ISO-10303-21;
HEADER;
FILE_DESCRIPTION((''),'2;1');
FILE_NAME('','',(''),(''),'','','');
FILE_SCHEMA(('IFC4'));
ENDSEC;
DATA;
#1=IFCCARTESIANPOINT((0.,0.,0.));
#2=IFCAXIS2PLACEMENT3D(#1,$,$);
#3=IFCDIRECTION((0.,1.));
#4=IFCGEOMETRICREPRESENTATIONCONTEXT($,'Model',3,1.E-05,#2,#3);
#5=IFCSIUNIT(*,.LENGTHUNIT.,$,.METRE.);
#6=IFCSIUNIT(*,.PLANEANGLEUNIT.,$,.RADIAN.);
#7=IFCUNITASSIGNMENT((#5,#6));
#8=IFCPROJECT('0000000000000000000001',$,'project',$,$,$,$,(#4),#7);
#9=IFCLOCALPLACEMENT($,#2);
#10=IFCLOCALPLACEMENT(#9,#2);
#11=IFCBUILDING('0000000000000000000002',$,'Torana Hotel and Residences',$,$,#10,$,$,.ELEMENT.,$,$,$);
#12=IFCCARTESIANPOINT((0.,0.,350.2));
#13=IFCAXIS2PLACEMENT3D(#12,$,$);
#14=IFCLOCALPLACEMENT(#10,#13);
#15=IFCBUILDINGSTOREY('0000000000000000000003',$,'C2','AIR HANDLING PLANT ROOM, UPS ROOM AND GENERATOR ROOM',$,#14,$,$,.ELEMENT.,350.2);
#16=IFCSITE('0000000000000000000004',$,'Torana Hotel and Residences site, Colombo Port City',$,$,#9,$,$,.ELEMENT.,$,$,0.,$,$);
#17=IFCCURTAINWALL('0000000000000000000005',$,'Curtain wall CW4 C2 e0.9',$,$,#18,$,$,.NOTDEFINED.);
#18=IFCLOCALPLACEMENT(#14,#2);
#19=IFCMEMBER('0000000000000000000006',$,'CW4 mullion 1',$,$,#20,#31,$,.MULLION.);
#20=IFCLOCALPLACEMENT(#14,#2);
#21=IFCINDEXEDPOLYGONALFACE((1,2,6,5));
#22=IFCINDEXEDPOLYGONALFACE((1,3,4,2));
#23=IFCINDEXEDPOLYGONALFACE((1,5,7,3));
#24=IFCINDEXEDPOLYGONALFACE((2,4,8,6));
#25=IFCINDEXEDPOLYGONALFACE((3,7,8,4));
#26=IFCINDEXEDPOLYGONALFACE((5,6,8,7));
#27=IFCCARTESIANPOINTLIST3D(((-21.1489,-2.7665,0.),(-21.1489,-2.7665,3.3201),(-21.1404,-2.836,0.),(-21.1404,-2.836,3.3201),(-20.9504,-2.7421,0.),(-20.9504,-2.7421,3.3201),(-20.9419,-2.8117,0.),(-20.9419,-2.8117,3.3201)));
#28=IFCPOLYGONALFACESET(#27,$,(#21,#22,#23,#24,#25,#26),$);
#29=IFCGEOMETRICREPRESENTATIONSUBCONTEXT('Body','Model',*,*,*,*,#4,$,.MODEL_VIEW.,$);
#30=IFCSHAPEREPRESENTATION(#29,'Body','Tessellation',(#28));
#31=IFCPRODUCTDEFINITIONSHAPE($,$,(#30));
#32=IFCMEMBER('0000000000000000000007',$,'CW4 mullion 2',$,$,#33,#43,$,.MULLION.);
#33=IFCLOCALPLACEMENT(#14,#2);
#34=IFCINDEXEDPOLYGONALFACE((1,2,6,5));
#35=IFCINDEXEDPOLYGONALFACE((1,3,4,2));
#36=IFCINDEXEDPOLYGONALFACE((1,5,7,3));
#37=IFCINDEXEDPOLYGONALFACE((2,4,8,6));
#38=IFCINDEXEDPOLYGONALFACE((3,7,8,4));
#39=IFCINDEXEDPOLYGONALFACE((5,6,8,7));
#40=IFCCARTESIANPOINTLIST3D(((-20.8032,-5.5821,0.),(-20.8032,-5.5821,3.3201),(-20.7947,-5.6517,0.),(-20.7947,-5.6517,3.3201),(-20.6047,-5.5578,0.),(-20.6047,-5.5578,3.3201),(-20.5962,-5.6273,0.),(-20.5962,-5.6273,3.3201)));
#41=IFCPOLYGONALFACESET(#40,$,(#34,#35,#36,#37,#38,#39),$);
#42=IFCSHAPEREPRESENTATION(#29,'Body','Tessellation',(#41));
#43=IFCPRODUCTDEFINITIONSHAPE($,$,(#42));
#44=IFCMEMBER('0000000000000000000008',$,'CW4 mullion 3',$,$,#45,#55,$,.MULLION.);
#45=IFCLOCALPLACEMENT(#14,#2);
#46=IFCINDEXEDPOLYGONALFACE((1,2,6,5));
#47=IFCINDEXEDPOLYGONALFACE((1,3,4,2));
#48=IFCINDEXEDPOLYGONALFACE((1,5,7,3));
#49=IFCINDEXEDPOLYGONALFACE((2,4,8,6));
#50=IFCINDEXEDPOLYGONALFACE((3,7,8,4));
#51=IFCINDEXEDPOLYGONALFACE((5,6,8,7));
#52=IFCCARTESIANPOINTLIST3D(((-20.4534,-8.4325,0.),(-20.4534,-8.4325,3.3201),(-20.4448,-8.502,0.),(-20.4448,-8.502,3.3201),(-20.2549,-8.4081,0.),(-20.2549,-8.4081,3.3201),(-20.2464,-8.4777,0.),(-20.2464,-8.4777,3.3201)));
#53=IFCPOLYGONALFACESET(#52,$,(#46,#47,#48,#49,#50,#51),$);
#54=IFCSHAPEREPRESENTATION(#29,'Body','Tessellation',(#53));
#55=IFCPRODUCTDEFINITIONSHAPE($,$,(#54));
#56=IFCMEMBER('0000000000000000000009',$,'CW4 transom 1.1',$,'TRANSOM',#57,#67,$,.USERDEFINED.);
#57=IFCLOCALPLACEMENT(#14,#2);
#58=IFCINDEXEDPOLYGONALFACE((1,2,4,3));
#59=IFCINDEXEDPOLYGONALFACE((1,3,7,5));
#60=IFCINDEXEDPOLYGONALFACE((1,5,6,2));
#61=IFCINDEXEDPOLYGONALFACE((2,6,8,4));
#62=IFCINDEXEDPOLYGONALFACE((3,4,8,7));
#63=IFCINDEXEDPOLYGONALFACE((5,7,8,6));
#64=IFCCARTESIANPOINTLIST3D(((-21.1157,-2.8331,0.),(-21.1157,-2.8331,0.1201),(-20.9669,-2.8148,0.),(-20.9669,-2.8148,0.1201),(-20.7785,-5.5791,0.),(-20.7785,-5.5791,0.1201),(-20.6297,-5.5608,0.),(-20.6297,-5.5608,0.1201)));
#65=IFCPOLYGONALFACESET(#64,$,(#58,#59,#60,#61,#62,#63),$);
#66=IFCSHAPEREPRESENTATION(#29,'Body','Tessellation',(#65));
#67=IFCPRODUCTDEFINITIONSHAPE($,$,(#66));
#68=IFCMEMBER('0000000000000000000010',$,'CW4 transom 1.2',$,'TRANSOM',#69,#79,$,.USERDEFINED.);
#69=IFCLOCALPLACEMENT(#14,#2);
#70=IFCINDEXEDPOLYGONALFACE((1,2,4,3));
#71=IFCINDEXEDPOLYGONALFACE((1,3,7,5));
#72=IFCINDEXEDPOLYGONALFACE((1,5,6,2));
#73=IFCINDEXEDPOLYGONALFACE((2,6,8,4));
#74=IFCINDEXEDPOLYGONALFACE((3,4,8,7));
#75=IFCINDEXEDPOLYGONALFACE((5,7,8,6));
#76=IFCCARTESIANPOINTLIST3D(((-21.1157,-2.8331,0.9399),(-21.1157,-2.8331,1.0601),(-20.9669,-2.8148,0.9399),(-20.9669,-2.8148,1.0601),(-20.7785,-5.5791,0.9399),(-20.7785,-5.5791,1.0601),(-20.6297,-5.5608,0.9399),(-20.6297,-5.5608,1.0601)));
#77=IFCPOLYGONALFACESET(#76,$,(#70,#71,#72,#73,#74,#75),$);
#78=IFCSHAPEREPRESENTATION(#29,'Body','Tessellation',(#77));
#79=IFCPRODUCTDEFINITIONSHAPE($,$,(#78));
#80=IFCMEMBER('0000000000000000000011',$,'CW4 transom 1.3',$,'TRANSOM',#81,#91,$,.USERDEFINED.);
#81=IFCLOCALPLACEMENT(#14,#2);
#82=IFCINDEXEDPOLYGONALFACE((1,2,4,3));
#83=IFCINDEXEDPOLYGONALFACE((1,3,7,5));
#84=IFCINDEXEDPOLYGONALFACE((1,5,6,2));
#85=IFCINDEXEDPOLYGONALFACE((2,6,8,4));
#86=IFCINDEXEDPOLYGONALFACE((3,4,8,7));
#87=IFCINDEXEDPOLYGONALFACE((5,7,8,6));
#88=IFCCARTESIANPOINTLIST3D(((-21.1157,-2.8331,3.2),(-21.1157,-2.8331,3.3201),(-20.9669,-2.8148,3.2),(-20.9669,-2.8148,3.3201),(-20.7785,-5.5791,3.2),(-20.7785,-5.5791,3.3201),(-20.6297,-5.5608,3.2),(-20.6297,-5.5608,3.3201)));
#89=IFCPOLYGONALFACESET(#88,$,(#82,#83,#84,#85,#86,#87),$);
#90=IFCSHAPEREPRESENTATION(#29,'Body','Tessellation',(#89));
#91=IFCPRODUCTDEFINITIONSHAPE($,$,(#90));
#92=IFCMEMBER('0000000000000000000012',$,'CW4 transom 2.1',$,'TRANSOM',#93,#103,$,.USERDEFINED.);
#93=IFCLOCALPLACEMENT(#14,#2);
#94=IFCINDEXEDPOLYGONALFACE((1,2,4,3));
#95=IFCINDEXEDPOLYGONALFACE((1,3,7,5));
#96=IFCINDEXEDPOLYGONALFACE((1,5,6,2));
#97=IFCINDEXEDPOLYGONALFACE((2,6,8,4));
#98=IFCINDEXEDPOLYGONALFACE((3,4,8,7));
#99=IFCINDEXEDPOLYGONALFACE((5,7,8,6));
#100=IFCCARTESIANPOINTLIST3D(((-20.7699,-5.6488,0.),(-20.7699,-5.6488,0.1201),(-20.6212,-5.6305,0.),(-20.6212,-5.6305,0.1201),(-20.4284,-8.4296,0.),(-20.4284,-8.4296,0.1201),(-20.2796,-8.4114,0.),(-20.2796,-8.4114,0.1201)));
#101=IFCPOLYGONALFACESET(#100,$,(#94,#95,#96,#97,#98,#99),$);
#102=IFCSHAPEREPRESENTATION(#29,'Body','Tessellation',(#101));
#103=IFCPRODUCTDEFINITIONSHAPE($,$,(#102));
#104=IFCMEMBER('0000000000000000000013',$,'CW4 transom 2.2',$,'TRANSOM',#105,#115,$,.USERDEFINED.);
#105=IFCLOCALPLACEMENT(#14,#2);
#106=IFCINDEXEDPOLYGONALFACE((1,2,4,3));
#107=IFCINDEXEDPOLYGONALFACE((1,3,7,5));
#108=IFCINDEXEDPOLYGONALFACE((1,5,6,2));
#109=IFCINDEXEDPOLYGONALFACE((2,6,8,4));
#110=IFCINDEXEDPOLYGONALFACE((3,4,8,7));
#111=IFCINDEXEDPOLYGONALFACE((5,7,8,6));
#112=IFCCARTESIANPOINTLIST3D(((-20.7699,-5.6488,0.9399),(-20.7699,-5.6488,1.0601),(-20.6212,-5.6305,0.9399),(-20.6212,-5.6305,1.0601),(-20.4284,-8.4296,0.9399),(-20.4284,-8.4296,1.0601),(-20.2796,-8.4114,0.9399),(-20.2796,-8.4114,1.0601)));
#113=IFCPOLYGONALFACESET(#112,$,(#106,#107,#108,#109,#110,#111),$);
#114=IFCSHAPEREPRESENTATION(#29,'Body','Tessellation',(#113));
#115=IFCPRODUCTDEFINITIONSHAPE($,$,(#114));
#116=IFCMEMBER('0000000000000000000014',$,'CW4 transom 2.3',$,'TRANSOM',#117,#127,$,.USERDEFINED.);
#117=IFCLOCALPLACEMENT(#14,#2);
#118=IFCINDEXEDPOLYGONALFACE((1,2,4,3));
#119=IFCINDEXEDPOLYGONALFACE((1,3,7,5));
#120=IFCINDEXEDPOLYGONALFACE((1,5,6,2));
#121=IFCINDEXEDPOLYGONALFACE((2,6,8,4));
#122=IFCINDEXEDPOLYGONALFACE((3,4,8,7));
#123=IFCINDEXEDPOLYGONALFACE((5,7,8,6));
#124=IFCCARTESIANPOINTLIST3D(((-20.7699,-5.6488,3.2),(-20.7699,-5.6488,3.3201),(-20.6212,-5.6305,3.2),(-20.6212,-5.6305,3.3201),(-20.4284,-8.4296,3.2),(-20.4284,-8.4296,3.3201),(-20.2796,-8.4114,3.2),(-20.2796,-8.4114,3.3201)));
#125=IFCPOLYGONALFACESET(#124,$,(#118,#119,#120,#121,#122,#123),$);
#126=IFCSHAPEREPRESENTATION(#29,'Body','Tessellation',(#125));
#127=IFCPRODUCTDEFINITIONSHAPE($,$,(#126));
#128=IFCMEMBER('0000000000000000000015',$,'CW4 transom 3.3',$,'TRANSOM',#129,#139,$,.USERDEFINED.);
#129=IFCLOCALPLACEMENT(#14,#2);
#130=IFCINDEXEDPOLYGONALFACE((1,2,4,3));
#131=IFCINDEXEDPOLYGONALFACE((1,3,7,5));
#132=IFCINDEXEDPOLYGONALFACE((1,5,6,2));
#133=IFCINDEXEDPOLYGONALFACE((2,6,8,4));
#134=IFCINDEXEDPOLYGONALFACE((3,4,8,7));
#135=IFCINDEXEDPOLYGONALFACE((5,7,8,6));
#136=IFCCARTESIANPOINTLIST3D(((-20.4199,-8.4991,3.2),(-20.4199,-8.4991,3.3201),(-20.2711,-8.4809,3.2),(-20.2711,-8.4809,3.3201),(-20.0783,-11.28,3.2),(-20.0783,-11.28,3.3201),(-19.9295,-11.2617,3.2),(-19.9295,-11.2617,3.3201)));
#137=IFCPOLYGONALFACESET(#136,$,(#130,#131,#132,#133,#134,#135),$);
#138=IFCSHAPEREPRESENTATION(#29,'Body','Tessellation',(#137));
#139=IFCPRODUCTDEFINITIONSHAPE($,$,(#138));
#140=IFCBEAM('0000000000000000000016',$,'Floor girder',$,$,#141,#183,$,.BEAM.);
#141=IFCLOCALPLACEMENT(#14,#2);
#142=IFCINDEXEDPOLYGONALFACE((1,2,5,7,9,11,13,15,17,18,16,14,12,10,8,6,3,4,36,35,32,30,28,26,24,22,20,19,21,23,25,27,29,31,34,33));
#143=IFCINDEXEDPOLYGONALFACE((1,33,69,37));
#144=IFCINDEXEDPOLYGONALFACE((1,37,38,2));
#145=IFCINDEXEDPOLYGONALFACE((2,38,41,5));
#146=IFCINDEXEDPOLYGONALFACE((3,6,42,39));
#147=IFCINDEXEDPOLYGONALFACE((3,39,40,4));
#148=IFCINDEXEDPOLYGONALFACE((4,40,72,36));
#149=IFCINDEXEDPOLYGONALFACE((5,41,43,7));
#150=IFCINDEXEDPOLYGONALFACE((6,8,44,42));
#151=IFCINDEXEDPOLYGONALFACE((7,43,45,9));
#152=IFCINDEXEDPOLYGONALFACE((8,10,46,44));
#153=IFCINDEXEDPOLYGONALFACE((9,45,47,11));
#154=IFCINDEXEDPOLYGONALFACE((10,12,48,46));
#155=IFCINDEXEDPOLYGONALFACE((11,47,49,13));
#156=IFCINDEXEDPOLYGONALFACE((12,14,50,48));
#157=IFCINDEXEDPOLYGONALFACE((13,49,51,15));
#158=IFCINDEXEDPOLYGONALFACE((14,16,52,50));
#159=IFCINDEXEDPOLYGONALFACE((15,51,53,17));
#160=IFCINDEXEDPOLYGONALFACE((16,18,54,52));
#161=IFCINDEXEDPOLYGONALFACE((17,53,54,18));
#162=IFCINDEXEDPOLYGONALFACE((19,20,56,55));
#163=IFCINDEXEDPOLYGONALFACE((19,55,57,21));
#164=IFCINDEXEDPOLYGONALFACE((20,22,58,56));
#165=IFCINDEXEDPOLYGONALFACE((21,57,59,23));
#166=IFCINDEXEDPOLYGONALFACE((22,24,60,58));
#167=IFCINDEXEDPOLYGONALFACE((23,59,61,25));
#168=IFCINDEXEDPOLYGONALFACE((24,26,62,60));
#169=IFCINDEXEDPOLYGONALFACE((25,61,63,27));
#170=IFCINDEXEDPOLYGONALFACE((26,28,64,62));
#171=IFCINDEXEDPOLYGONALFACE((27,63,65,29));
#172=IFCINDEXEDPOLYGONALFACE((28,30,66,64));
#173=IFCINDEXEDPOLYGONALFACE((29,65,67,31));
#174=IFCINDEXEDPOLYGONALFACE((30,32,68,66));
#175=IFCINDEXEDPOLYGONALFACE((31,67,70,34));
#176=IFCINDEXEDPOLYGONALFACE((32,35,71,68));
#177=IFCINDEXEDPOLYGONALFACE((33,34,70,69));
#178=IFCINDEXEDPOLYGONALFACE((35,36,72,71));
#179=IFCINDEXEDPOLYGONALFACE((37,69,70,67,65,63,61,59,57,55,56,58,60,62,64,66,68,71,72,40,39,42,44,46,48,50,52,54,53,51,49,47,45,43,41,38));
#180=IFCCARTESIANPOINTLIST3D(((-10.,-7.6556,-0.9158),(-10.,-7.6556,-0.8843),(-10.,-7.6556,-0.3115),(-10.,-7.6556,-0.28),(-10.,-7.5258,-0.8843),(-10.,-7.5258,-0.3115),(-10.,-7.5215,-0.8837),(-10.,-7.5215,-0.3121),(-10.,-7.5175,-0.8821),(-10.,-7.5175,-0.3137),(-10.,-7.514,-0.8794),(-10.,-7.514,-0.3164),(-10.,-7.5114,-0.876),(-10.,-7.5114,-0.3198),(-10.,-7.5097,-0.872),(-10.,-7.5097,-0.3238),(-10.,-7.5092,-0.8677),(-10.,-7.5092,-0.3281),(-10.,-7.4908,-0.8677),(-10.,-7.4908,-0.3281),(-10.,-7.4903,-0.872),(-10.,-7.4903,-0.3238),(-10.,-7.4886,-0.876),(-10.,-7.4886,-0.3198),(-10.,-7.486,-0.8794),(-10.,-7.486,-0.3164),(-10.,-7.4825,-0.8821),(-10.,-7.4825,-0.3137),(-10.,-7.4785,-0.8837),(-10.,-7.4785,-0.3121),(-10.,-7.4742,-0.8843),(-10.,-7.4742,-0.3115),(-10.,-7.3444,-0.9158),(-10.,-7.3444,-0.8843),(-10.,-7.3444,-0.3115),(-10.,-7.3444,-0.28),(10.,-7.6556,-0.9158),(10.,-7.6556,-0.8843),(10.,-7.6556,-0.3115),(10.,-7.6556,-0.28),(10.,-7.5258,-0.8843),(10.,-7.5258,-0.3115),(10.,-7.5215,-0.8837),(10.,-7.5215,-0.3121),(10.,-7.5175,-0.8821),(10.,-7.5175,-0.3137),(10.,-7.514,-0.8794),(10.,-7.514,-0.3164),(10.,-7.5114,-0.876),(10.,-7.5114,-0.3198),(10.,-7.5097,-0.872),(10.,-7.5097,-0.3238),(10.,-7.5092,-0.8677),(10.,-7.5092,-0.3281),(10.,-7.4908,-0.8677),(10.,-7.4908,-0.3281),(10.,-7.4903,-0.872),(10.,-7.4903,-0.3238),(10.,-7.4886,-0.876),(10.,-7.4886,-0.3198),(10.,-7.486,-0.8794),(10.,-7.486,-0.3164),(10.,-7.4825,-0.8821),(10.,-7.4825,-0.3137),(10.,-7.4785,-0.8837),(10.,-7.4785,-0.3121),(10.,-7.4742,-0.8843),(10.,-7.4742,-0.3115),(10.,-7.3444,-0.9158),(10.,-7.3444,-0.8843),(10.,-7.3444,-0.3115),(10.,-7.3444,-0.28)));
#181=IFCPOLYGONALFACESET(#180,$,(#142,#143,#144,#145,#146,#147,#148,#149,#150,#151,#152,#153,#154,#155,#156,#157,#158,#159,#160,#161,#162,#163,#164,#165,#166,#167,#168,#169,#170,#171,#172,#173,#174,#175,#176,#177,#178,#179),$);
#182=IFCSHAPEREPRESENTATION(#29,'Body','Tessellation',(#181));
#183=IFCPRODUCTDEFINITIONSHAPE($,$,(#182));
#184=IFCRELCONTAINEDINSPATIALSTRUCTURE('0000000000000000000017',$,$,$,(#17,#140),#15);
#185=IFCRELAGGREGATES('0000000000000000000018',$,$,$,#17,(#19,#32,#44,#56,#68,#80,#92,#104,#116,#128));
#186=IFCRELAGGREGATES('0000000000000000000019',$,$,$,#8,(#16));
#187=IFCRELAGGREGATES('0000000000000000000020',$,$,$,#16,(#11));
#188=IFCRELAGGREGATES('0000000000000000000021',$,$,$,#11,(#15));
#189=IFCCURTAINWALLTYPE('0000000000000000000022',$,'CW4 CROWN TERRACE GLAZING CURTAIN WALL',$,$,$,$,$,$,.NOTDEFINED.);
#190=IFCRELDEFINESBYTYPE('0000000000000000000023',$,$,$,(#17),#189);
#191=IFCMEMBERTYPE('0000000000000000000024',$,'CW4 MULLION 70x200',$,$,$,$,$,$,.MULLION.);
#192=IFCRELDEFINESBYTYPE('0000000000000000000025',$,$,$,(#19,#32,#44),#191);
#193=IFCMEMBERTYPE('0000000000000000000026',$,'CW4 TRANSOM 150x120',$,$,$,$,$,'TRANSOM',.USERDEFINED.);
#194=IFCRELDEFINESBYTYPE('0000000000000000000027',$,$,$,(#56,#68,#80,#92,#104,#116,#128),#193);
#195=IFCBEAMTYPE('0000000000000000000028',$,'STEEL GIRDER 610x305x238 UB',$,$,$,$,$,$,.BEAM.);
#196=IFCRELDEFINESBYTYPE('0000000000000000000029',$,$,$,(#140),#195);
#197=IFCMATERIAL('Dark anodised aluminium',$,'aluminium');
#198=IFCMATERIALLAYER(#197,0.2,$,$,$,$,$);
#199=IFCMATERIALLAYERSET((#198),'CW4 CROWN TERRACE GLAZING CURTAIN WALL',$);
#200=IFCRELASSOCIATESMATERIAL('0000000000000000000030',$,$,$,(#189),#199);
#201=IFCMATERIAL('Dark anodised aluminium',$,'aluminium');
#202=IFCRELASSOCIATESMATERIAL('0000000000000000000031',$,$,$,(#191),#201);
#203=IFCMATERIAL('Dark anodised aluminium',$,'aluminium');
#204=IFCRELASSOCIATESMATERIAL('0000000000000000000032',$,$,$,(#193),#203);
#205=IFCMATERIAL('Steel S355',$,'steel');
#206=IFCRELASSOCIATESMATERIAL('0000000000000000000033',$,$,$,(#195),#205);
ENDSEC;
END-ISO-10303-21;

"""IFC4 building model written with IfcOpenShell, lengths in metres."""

from ifc_helpers import new_model, si_unit, direction, frame, origin, origin_2d, place, context, subcontext, project, spatial, rectangle, i_section, extrude, material, layer, layer_set, material_profile, profile_set, type_object, element, aggregate, save


model = new_model("IFC4")

# Units and contexts
model_context = context("Model", 3, precision=1e-05, world=origin(), true_north=direction((0.0, 1.0)))
body_context = subcontext(model_context, "Body", "Model", "MODEL_VIEW")
ifc_project = project(units=[si_unit("LENGTHUNIT", "METRE"), si_unit("PLANEANGLEUNIT", "RADIAN")], contexts=[model_context])

# Site, building, storey
site_placement = place(None, origin())
site = spatial("IfcSite", under=ifc_project, at=site_placement, Name="Torana Hotel and Residences site, Colombo Port City", CompositionType="ELEMENT", RefElevation=0.0)
building_placement = place(site_placement, origin())
building = spatial("IfcBuilding", under=site, at=building_placement, Name="Torana Hotel and Residences", CompositionType="ELEMENT")
storey_placement = place(building_placement, frame((0.0, 0.0, 350.2)))
storey = spatial("IfcBuildingStorey", under=building, at=storey_placement, Name="C2", Description="AIR HANDLING PLANT ROOM, UPS ROOM AND GENERATOR ROOM", CompositionType="ELEMENT", Elevation=350.2)

# Curtain wall, members
ifc_material_1 = material(Name="Dark anodised aluminium", Category="aluminium")
ifc_layer_1 = layer(ifc_material_1, 0.2)
ifc_layer_set_1 = layer_set([ifc_layer_1], Name="CW4 CROWN TERRACE GLAZING CURTAIN WALL")
curtain_wall_type = type_object("IfcCurtainWallType", Name="CW4 CROWN TERRACE GLAZING CURTAIN WALL", PredefinedType="NOTDEFINED", material=ifc_layer_set_1)
curtain_wall_placement = place(storey_placement, origin())
curtain_wall = element("IfcCurtainWall", 1, at=curtain_wall_placement, inside=storey, type_object=curtain_wall_type, Name="Curtain wall CW4 C2 e0.9", PredefinedType="NOTDEFINED")
ifc_material_2 = material(Name="Dark anodised aluminium", Category="aluminium")
ifc_material_profile_1 = material_profile(ifc_material_2, rectangle(XDim=0.2, YDim=0.0701, at=origin_2d()), Name="CW4 MULLION 70x200")
ifc_profile_set_1 = profile_set([ifc_material_profile_1], Name="Dark anodised aluminium")
member_type_1 = type_object("IfcMemberType", Name="CW4 MULLION 70x200", PredefinedType="MULLION", material=ifc_profile_set_1)
member_1_placement = place(storey_placement, frame((-21.0454, -2.7891, 0.0), z_axis=(0.0, 0.0, 1.0), x_axis=(0.992546, 0.121869, 0.0)))
member_1 = element("IfcMember", 2, at=member_1_placement, type_object=member_type_1, Name="CW4 mullion 1", PredefinedType="MULLION", context=body_context, shape_type="SweptSolid", body=[
    extrude(rectangle(XDim=0.2, YDim=0.0701, at=origin_2d()), origin(), (0.0, 0.0, 1.0), 3.3201),
])
member_2_placement = place(storey_placement, frame((-20.6997, -5.6047, 0.0), z_axis=(0.0, 0.0, 1.0), x_axis=(0.992546, 0.121869, 0.0)))
member_2 = element("IfcMember", 3, at=member_2_placement, type_object=member_type_1, Name="CW4 mullion 2", PredefinedType="MULLION", context=body_context, shape_type="SweptSolid", body=[
    extrude(rectangle(XDim=0.2, YDim=0.0701, at=origin_2d()), origin(), (0.0, 0.0, 1.0), 3.3201),
])
member_3_placement = place(storey_placement, frame((-20.3499, -8.4551, 0.0), z_axis=(0.0, 0.0, 1.0), x_axis=(0.992546, 0.121869, 0.0)))
member_3 = element("IfcMember", 4, at=member_3_placement, type_object=member_type_1, Name="CW4 mullion 3", PredefinedType="MULLION", context=body_context, shape_type="SweptSolid", body=[
    extrude(rectangle(XDim=0.2, YDim=0.0701, at=origin_2d()), origin(), (0.0, 0.0, 1.0), 3.3201),
])
ifc_material_3 = material(Name="Dark anodised aluminium", Category="aluminium")
ifc_material_profile_2 = material_profile(ifc_material_3, rectangle(XDim=0.1499, YDim=0.1201, at=origin_2d()), Name="CW4 TRANSOM 150x120")
ifc_profile_set_2 = profile_set([ifc_material_profile_2], Name="Dark anodised aluminium")
member_type_2 = type_object("IfcMemberType", Name="CW4 TRANSOM 150x120", ElementType="TRANSOM", PredefinedType="USERDEFINED", material=ifc_profile_set_2)
member_4_placement = place(storey_placement, frame((-21.0413, -2.824, 0.0601), z_axis=(0.121862, -0.992547, 0.0), x_axis=(0.992547, 0.121862, 0.0)))
member_4 = element("IfcMember", 5, at=member_4_placement, type_object=member_type_2, Name="CW4 transom 1.1", ObjectType="TRANSOM", PredefinedType="USERDEFINED", context=body_context, shape_type="SweptSolid", body=[
    extrude(rectangle(XDim=0.1499, YDim=0.1201, at=origin_2d()), origin(), (0.0, 0.0, 1.0), 2.7666),
])
member_5_placement = place(storey_placement, frame((-21.0413, -2.824, 1.0), z_axis=(0.121862, -0.992547, 0.0), x_axis=(0.992547, 0.121862, 0.0)))
member_5 = element("IfcMember", 6, at=member_5_placement, type_object=member_type_2, Name="CW4 transom 1.2", ObjectType="TRANSOM", PredefinedType="USERDEFINED", context=body_context, shape_type="SweptSolid", body=[
    extrude(rectangle(XDim=0.1499, YDim=0.1201, at=origin_2d()), origin(), (0.0, 0.0, 1.0), 2.7666),
])
member_6_placement = place(storey_placement, frame((-21.0413, -2.824, 3.26), z_axis=(0.121862, -0.992547, 0.0), x_axis=(0.992547, 0.121862, 0.0)))
member_6 = element("IfcMember", 7, at=member_6_placement, type_object=member_type_2, Name="CW4 transom 1.3", ObjectType="TRANSOM", PredefinedType="USERDEFINED", context=body_context, shape_type="SweptSolid", body=[
    extrude(rectangle(XDim=0.1499, YDim=0.1201, at=origin_2d()), origin(), (0.0, 0.0, 1.0), 2.7666),
])
member_7_placement = place(storey_placement, frame((-20.6956, -5.6396, 0.0601), z_axis=(0.121911, -0.992541, 0.0), x_axis=(0.992541, 0.121911, 0.0)))
member_7 = element("IfcMember", 8, at=member_7_placement, type_object=member_type_2, Name="CW4 transom 2.1", ObjectType="TRANSOM", PredefinedType="USERDEFINED", context=body_context, shape_type="SweptSolid", body=[
    extrude(rectangle(XDim=0.1499, YDim=0.1201, at=origin_2d()), origin(), (0.0, 0.0, 1.0), 2.8018),
])
member_8_placement = place(storey_placement, frame((-20.6956, -5.6396, 1.0), z_axis=(0.121911, -0.992541, 0.0), x_axis=(0.992541, 0.121911, 0.0)))
member_8 = element("IfcMember", 9, at=member_8_placement, type_object=member_type_2, Name="CW4 transom 2.2", ObjectType="TRANSOM", PredefinedType="USERDEFINED", context=body_context, shape_type="SweptSolid", body=[
    extrude(rectangle(XDim=0.1499, YDim=0.1201, at=origin_2d()), origin(), (0.0, 0.0, 1.0), 2.8018),
])
member_9_placement = place(storey_placement, frame((-20.6956, -5.6396, 3.26), z_axis=(0.121911, -0.992541, 0.0), x_axis=(0.992541, 0.121911, 0.0)))
member_9 = element("IfcMember", 10, at=member_9_placement, type_object=member_type_2, Name="CW4 transom 2.3", ObjectType="TRANSOM", PredefinedType="USERDEFINED", context=body_context, shape_type="SweptSolid", body=[
    extrude(rectangle(XDim=0.1499, YDim=0.1201, at=origin_2d()), origin(), (0.0, 0.0, 1.0), 2.8018),
])
member_10_placement = place(storey_placement, frame((-20.3455, -8.49, 3.26), z_axis=(0.121911, -0.992541, 0.0), x_axis=(0.992541, 0.121911, 0.0)))
member_10 = element("IfcMember", 11, at=member_10_placement, type_object=member_type_2, Name="CW4 transom 3.3", ObjectType="TRANSOM", PredefinedType="USERDEFINED", context=body_context, shape_type="SweptSolid", body=[
    extrude(rectangle(XDim=0.1499, YDim=0.1201, at=origin_2d()), origin(), (0.0, 0.0, 1.0), 2.8018),
])

# Beam
ifc_material_4 = material(Name="Steel S355", Category="steel")
ifc_material_profile_3 = material_profile(ifc_material_4, i_section(OverallWidth=0.3113, OverallDepth=0.6357, WebThickness=0.0183, FlangeThickness=0.0315, FilletRadius=0.0166, at=origin_2d()), Name="610x305x238 UB")
ifc_profile_set_3 = profile_set([ifc_material_profile_3], Name="Steel S355")
beam_type = type_object("IfcBeamType", Name="STEEL GIRDER 610x305x238 UB", PredefinedType="BEAM", material=ifc_profile_set_3)
for number, where, z_axis, x_axis, name in (
    (12, (-10.0, -7.5, -0.5979), (1.0, 0.0, 0.0), (0.0, 1.0, 0.0), "Floor girder"),
):
    element("IfcBeam", number, at=place(storey_placement, frame(where, z_axis=z_axis, x_axis=x_axis)), inside=storey, type_object=beam_type, Name=name, PredefinedType="BEAM", context=body_context, shape_type="SweptSolid", body=[
        extrude(i_section(OverallWidth=0.3113, OverallDepth=0.6357, WebThickness=0.0183, FlangeThickness=0.0315, FilletRadius=0.0166, at=origin_2d()), origin(), (0.0, 0.0, 1.0), 20.0),
    ])

aggregate(curtain_wall, [member_1, member_2, member_3, member_4, member_5, member_6, member_7, member_8, member_9, member_10])

save(model, "model.ifc")
